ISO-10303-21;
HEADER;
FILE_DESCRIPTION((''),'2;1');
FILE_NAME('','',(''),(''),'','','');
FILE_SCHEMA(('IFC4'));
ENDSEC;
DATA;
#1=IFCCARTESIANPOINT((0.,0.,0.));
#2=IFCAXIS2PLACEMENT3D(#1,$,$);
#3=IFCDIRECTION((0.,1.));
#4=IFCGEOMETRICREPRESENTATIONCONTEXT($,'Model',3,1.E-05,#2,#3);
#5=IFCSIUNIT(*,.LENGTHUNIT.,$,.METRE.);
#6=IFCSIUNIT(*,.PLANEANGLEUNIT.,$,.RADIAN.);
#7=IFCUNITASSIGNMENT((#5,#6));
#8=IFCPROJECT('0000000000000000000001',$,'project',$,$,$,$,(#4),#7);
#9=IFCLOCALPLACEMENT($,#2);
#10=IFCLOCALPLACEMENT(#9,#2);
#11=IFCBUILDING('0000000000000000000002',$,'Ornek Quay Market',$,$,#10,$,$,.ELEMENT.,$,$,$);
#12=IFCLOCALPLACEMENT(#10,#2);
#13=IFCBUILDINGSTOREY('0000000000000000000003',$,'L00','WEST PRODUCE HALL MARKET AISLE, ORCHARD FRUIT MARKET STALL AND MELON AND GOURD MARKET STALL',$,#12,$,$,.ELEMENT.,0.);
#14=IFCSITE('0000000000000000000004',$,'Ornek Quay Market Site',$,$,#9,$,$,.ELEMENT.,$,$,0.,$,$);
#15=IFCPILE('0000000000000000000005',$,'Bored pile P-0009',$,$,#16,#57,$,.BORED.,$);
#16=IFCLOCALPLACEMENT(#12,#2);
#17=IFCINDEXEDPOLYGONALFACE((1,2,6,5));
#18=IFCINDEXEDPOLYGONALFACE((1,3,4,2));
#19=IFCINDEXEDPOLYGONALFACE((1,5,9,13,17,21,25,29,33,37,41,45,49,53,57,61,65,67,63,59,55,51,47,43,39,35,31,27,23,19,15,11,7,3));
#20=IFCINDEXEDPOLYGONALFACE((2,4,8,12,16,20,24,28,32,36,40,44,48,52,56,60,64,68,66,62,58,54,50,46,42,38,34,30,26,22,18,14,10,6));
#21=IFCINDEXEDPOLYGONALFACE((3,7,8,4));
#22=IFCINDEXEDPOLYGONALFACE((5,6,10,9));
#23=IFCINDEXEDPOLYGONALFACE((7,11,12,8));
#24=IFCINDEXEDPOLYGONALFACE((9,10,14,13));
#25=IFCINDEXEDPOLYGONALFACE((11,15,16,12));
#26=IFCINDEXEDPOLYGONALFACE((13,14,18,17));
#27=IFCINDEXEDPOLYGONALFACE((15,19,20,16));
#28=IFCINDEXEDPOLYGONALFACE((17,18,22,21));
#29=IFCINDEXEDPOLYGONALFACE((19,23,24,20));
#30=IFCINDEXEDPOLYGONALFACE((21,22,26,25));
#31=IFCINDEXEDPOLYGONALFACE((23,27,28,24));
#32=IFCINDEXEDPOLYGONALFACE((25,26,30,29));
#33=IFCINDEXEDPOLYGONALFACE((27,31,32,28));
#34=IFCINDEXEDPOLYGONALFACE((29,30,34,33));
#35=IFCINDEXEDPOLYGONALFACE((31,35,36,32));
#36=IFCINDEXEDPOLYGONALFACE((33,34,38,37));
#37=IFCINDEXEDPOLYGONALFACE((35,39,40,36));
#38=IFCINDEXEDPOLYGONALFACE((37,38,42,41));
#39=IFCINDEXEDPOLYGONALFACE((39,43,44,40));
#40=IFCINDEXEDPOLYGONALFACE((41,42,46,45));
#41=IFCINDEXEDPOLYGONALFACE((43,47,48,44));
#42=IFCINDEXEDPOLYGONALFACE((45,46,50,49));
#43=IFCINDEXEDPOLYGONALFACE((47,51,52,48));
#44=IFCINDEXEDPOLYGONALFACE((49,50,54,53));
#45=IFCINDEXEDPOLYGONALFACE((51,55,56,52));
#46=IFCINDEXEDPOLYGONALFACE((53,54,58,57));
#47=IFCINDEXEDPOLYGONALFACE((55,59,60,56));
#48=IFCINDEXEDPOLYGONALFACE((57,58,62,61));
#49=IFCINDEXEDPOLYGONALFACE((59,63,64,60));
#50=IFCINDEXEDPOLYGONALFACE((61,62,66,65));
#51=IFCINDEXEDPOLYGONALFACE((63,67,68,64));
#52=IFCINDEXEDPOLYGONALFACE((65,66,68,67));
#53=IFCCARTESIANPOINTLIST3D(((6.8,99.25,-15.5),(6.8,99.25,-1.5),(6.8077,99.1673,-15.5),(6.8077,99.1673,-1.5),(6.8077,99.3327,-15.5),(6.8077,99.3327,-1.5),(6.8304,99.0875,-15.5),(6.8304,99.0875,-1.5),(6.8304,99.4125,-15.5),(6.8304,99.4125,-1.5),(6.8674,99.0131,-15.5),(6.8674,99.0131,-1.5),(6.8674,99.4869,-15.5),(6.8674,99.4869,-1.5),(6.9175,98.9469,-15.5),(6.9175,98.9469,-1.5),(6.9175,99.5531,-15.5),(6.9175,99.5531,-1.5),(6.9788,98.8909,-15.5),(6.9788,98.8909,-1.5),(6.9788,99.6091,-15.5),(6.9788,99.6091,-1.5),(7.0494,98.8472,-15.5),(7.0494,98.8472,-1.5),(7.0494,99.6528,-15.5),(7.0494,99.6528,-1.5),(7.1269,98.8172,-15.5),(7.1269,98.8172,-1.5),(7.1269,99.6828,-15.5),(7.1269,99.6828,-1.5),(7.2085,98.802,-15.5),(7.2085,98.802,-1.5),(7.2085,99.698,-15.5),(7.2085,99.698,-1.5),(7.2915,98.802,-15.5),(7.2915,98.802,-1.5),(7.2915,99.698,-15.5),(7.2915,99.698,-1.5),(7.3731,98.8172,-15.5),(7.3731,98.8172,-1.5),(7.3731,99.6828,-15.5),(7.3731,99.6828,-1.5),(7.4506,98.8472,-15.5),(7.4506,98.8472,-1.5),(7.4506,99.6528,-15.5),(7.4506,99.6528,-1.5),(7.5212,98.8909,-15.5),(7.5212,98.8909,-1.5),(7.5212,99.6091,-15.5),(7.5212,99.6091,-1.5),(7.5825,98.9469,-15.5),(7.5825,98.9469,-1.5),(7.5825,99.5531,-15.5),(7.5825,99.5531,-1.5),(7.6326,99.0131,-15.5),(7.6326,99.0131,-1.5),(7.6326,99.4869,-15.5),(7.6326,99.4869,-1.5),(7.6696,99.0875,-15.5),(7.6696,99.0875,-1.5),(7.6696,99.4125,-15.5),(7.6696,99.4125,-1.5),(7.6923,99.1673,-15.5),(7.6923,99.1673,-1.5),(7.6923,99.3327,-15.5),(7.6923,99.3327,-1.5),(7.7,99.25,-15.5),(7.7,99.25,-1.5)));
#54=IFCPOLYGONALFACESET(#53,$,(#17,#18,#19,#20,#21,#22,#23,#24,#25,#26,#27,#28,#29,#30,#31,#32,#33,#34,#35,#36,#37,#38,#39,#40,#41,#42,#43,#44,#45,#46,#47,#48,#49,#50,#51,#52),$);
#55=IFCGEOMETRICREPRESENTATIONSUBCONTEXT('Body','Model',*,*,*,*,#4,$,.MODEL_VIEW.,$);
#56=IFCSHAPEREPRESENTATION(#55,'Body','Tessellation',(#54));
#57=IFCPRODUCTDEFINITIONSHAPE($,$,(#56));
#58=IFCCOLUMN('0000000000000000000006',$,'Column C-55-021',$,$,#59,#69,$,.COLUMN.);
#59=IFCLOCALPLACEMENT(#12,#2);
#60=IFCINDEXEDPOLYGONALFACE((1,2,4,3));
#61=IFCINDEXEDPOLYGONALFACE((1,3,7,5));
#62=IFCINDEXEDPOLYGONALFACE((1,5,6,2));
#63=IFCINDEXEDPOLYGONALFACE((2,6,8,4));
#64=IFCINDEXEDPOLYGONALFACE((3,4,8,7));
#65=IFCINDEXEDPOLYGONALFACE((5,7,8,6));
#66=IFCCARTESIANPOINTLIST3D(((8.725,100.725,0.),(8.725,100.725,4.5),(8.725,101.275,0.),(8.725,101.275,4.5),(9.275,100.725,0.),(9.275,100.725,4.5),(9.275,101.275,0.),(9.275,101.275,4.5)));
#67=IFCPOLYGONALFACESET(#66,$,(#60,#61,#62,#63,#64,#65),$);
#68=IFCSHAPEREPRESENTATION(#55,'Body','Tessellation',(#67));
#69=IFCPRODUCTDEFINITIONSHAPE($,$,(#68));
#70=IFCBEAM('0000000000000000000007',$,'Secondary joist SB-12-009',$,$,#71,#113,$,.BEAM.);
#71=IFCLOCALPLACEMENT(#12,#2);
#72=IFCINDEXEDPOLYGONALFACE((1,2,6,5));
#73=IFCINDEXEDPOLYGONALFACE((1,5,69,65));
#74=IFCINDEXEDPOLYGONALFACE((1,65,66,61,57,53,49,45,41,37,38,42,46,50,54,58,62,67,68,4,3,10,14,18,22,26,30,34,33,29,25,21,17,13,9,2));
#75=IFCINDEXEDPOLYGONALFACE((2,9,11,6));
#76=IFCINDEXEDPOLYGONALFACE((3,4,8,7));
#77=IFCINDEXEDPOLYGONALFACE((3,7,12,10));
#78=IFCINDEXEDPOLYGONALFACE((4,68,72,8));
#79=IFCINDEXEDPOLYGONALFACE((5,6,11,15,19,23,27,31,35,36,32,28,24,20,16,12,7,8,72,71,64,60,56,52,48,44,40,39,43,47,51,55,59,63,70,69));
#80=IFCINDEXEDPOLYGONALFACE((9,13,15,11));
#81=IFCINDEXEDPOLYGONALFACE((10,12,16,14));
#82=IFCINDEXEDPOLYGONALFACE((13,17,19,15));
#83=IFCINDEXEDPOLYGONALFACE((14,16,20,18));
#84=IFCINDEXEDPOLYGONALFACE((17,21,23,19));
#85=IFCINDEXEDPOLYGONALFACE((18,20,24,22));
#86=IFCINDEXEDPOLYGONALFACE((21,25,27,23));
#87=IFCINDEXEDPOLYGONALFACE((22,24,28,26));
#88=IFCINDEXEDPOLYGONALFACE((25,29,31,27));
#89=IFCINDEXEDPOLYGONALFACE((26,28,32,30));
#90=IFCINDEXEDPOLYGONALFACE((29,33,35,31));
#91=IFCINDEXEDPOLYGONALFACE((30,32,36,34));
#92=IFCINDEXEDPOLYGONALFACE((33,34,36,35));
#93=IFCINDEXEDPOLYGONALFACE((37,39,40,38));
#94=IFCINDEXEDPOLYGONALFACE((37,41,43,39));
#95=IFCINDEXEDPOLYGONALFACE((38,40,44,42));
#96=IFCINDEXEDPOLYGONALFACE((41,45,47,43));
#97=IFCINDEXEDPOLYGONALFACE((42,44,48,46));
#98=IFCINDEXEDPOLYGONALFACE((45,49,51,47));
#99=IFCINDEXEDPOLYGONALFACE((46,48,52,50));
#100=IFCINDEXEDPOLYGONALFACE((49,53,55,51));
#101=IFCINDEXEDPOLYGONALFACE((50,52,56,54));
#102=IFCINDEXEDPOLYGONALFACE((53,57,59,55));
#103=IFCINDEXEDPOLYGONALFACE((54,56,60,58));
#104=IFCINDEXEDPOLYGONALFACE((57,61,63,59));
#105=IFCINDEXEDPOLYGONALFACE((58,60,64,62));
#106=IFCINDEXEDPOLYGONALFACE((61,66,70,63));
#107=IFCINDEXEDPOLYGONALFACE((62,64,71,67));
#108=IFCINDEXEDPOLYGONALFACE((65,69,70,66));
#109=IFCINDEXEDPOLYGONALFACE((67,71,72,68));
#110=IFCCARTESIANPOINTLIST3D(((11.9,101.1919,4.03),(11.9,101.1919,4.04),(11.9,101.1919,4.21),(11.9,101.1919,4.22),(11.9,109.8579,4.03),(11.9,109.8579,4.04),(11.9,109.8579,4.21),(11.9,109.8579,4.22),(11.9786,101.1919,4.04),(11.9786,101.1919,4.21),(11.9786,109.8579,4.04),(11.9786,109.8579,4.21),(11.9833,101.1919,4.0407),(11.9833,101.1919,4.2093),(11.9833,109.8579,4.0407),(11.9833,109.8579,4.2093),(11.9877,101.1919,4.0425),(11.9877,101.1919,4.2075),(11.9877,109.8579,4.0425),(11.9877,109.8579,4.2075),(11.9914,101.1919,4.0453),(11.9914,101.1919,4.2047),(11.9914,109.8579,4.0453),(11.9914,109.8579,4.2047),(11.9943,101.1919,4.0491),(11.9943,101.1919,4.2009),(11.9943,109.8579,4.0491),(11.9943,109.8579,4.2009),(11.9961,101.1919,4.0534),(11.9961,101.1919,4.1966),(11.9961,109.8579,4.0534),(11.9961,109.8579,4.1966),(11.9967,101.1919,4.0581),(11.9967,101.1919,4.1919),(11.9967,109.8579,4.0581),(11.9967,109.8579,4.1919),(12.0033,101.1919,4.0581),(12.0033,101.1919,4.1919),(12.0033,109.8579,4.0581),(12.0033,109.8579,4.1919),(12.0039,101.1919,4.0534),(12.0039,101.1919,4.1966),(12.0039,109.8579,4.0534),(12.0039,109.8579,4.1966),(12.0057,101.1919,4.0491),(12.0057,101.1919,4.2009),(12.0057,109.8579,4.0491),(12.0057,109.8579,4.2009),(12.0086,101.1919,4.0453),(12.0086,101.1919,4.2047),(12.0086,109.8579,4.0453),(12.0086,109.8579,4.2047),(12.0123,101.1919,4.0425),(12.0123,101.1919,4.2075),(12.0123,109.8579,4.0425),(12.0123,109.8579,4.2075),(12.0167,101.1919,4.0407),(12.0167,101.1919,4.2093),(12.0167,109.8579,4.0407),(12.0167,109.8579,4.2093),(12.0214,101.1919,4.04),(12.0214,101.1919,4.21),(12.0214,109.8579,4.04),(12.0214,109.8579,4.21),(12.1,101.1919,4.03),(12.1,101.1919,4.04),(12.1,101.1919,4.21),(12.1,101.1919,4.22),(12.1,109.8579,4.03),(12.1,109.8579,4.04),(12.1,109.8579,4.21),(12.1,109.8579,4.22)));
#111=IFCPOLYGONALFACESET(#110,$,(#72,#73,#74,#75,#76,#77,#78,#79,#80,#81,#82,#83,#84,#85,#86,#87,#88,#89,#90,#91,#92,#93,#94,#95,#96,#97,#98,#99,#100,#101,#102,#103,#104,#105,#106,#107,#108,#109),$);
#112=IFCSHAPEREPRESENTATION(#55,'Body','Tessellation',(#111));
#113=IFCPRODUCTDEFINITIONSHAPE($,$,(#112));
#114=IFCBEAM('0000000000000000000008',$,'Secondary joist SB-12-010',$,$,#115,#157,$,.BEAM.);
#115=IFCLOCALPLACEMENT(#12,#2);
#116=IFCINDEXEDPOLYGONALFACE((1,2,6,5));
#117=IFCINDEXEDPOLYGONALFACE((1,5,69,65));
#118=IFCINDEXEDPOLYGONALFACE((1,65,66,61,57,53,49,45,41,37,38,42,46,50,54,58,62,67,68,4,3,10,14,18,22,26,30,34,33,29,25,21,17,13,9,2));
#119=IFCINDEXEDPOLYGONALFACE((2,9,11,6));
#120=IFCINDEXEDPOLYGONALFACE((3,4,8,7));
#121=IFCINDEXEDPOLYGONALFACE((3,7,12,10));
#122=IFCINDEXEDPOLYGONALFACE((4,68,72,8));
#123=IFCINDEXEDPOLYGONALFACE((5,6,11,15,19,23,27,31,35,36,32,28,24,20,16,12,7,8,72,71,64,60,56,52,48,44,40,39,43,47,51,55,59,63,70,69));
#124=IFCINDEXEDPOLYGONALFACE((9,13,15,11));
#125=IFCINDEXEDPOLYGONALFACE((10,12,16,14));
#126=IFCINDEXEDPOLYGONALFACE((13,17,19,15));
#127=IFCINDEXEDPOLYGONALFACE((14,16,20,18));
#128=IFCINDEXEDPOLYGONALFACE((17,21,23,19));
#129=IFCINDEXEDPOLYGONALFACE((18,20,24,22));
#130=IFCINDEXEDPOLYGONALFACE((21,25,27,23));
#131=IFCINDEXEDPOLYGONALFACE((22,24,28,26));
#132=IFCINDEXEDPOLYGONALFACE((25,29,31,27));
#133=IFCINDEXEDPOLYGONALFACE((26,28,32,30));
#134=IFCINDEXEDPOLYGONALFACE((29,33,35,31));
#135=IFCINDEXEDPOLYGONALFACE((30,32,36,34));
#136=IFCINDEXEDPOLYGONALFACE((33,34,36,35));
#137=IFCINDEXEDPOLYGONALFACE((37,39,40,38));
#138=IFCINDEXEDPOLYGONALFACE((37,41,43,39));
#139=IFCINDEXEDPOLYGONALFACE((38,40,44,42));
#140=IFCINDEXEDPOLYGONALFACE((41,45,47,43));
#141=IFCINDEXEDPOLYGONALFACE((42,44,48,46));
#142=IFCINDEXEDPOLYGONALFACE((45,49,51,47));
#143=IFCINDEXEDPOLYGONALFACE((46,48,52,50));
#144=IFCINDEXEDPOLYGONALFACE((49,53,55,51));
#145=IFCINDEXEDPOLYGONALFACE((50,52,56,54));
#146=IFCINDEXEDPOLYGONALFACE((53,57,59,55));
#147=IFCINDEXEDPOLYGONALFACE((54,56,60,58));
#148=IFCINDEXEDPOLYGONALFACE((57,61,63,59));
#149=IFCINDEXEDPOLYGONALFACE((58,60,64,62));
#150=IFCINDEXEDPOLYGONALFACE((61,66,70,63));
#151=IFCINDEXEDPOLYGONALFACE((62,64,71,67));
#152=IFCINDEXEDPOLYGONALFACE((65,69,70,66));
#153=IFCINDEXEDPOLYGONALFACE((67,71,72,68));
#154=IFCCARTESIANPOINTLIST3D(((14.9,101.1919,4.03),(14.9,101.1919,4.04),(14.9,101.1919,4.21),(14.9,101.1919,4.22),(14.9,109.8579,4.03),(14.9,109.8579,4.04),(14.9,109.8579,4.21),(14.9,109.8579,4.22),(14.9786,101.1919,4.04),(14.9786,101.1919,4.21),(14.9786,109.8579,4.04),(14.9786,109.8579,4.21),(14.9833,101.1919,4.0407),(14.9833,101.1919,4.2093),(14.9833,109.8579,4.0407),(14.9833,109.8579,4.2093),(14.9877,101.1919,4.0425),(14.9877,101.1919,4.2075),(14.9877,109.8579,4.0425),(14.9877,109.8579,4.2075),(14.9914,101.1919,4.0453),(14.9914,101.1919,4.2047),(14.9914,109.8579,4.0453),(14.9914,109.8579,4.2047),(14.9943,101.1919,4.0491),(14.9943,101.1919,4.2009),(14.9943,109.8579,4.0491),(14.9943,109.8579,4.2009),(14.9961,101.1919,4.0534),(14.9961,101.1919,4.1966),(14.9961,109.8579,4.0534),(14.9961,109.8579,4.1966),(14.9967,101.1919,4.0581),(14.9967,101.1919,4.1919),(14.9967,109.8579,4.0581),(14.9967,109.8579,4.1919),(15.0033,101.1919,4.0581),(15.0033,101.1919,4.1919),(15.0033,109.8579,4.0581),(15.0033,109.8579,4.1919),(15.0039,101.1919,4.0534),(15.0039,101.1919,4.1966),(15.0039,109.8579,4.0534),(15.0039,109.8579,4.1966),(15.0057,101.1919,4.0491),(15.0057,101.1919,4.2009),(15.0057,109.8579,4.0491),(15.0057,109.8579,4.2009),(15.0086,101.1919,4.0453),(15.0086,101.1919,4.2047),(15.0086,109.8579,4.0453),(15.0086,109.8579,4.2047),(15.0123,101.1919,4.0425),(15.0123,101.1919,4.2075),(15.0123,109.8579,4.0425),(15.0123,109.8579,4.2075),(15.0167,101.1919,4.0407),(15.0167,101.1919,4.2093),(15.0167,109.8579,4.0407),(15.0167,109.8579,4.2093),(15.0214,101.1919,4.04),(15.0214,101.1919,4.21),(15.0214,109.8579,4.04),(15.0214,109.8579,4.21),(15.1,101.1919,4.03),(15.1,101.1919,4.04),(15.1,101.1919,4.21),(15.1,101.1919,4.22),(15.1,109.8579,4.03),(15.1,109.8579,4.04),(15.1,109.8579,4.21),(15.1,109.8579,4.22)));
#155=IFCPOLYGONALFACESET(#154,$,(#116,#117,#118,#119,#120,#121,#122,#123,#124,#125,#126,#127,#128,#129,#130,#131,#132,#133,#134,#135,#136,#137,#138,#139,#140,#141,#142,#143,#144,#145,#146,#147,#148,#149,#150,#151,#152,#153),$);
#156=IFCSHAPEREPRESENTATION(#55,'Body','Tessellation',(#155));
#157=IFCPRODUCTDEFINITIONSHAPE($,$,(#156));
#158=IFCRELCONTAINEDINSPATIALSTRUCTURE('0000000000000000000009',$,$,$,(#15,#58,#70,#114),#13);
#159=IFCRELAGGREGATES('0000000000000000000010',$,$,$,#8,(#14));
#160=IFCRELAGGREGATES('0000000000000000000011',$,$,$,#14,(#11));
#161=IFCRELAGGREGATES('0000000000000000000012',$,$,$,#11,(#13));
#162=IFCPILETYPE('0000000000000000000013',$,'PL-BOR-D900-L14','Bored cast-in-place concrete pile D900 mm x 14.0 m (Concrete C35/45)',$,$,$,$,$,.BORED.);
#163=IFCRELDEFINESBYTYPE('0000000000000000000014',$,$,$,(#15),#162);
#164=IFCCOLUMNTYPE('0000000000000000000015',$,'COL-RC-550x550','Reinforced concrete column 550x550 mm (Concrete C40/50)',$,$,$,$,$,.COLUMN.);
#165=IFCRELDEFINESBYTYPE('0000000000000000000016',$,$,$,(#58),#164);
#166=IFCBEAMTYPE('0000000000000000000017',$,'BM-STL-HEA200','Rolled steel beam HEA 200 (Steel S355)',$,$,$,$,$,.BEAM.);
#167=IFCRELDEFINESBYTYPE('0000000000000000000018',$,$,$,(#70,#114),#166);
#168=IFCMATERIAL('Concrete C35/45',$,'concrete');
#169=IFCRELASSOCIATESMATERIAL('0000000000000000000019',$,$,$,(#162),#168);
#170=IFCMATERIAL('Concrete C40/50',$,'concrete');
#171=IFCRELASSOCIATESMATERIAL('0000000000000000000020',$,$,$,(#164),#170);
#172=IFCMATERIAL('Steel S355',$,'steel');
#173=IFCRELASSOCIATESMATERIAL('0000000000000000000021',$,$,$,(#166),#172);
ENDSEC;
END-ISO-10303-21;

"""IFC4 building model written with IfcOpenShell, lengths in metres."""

from ifc_helpers import new_model, si_unit, direction, frame, origin, origin_2d, place, context, subcontext, project, spatial, rectangle, circle, i_section, extrude, material, material_profile, profile_set, type_object, element, save


model = new_model("IFC4")

# Units and contexts
model_context = context("Model", 3, precision=1e-05, world=origin(), true_north=direction((0.0, 1.0)))
body_context = subcontext(model_context, "Body", "Model", "MODEL_VIEW")
ifc_project = project(units=[si_unit("LENGTHUNIT", "METRE"), si_unit("PLANEANGLEUNIT", "RADIAN")], contexts=[model_context])

# Site, building, storey
site_placement = place(None, origin())
site = spatial("IfcSite", under=ifc_project, at=site_placement, Name="Ornek Quay Market Site", CompositionType="ELEMENT", RefElevation=0.0)
building_placement = place(site_placement, origin())
building = spatial("IfcBuilding", under=site, at=building_placement, Name="Ornek Quay Market", CompositionType="ELEMENT")
storey_placement = place(building_placement, origin())
storey = spatial("IfcBuildingStorey", under=building, at=storey_placement, Name="L00", Description="WEST PRODUCE HALL MARKET AISLE, ORCHARD FRUIT MARKET STALL AND MELON AND GOURD MARKET STALL", CompositionType="ELEMENT", Elevation=0.0)

# Pile
ifc_material_1 = material(Name="Concrete C35/45", Category="concrete")
ifc_material_profile_1 = material_profile(ifc_material_1, circle(Radius=0.45, at=origin_2d()), Name="PILE D900", Category="concrete")
ifc_profile_set_1 = profile_set([ifc_material_profile_1], Name="Concrete C35/45")
pile_type = type_object("IfcPileType", Name="PL-BOR-D900-L14", Description="Bored cast-in-place concrete pile D900 mm x 14.0 m (Concrete C35/45)", PredefinedType="BORED", material=ifc_profile_set_1)
for number, where, z_axis, x_axis, name in (
    (1, (7.25, 99.25, -1.5), (0.0, 0.0, -1.0), (1.0, 0.0, 0.0), "Bored pile P-0009"),
):
    element("IfcPile", number, at=place(storey_placement, frame(where, z_axis=z_axis, x_axis=x_axis)), inside=storey, type_object=pile_type, Name=name, PredefinedType="BORED", context=body_context, shape_type="SweptSolid", body=[
        extrude(circle(Radius=0.45, at=origin_2d()), origin(), (0.0, 0.0, 1.0), 14.0),
    ])

# Column
ifc_material_2 = material(Name="Concrete C40/50", Category="concrete")
ifc_material_profile_2 = material_profile(ifc_material_2, rectangle(XDim=0.55, YDim=0.55, at=origin_2d()), Name="RC 550x550", Category="concrete")
ifc_profile_set_2 = profile_set([ifc_material_profile_2], Name="Concrete C40/50")
column_type = type_object("IfcColumnType", Name="COL-RC-550x550", Description="Reinforced concrete column 550x550 mm (Concrete C40/50)", PredefinedType="COLUMN", material=ifc_profile_set_2)
column_placement = place(storey_placement, frame((9.0, 101.0, 0.0), z_axis=(0.0, 0.0, 1.0), x_axis=(1.0, 0.0, 0.0)))
element("IfcColumn", 2, at=column_placement, inside=storey, type_object=column_type, Name="Column C-55-021", PredefinedType="COLUMN", context=body_context, shape_type="SweptSolid", body=[
    extrude(rectangle(XDim=0.55, YDim=0.55, at=origin_2d()), origin(), (0.0, 0.0, 1.0), 4.5),
])

# Beams
ifc_material_3 = material(Name="Steel S355", Category="steel")
ifc_material_profile_3 = material_profile(ifc_material_3, i_section(OverallWidth=0.2, OverallDepth=0.1899, WebThickness=0.0066, FlangeThickness=0.01, FilletRadius=0.0181, at=origin_2d()), Name="HEA 200", Category="steel")
ifc_profile_set_3 = profile_set([ifc_material_profile_3], Name="Steel S355")
beam_type_1 = type_object("IfcBeamType", Name="BM-STL-HEA200", Description="Rolled steel beam HEA 200 (Steel S355)", PredefinedType="BEAM", material=ifc_profile_set_3)
for number, where, z_axis, x_axis, name in (
    (3, (12.0, 101.1919, 4.125), (0.0, 1.0, 0.0), (-1.0, 0.0, 0.0), "Secondary joist SB-12-009"),
    (4, (15.0, 101.1919, 4.125), (0.0, 1.0, 0.0), (-1.0, 0.0, 0.0), "Secondary joist SB-12-010"),
):
    element("IfcBeam", number, at=place(storey_placement, frame(where, z_axis=z_axis, x_axis=x_axis)), inside=storey, type_object=beam_type_1, Name=name, PredefinedType="BEAM", context=body_context, shape_type="SweptSolid", body=[
        extrude(i_section(OverallWidth=0.2, OverallDepth=0.1899, WebThickness=0.0066, FlangeThickness=0.01, FilletRadius=0.0181, at=origin_2d()), origin(), (0.0, 0.0, 1.0), 8.666),
    ])

save(model, "model.ifc")
